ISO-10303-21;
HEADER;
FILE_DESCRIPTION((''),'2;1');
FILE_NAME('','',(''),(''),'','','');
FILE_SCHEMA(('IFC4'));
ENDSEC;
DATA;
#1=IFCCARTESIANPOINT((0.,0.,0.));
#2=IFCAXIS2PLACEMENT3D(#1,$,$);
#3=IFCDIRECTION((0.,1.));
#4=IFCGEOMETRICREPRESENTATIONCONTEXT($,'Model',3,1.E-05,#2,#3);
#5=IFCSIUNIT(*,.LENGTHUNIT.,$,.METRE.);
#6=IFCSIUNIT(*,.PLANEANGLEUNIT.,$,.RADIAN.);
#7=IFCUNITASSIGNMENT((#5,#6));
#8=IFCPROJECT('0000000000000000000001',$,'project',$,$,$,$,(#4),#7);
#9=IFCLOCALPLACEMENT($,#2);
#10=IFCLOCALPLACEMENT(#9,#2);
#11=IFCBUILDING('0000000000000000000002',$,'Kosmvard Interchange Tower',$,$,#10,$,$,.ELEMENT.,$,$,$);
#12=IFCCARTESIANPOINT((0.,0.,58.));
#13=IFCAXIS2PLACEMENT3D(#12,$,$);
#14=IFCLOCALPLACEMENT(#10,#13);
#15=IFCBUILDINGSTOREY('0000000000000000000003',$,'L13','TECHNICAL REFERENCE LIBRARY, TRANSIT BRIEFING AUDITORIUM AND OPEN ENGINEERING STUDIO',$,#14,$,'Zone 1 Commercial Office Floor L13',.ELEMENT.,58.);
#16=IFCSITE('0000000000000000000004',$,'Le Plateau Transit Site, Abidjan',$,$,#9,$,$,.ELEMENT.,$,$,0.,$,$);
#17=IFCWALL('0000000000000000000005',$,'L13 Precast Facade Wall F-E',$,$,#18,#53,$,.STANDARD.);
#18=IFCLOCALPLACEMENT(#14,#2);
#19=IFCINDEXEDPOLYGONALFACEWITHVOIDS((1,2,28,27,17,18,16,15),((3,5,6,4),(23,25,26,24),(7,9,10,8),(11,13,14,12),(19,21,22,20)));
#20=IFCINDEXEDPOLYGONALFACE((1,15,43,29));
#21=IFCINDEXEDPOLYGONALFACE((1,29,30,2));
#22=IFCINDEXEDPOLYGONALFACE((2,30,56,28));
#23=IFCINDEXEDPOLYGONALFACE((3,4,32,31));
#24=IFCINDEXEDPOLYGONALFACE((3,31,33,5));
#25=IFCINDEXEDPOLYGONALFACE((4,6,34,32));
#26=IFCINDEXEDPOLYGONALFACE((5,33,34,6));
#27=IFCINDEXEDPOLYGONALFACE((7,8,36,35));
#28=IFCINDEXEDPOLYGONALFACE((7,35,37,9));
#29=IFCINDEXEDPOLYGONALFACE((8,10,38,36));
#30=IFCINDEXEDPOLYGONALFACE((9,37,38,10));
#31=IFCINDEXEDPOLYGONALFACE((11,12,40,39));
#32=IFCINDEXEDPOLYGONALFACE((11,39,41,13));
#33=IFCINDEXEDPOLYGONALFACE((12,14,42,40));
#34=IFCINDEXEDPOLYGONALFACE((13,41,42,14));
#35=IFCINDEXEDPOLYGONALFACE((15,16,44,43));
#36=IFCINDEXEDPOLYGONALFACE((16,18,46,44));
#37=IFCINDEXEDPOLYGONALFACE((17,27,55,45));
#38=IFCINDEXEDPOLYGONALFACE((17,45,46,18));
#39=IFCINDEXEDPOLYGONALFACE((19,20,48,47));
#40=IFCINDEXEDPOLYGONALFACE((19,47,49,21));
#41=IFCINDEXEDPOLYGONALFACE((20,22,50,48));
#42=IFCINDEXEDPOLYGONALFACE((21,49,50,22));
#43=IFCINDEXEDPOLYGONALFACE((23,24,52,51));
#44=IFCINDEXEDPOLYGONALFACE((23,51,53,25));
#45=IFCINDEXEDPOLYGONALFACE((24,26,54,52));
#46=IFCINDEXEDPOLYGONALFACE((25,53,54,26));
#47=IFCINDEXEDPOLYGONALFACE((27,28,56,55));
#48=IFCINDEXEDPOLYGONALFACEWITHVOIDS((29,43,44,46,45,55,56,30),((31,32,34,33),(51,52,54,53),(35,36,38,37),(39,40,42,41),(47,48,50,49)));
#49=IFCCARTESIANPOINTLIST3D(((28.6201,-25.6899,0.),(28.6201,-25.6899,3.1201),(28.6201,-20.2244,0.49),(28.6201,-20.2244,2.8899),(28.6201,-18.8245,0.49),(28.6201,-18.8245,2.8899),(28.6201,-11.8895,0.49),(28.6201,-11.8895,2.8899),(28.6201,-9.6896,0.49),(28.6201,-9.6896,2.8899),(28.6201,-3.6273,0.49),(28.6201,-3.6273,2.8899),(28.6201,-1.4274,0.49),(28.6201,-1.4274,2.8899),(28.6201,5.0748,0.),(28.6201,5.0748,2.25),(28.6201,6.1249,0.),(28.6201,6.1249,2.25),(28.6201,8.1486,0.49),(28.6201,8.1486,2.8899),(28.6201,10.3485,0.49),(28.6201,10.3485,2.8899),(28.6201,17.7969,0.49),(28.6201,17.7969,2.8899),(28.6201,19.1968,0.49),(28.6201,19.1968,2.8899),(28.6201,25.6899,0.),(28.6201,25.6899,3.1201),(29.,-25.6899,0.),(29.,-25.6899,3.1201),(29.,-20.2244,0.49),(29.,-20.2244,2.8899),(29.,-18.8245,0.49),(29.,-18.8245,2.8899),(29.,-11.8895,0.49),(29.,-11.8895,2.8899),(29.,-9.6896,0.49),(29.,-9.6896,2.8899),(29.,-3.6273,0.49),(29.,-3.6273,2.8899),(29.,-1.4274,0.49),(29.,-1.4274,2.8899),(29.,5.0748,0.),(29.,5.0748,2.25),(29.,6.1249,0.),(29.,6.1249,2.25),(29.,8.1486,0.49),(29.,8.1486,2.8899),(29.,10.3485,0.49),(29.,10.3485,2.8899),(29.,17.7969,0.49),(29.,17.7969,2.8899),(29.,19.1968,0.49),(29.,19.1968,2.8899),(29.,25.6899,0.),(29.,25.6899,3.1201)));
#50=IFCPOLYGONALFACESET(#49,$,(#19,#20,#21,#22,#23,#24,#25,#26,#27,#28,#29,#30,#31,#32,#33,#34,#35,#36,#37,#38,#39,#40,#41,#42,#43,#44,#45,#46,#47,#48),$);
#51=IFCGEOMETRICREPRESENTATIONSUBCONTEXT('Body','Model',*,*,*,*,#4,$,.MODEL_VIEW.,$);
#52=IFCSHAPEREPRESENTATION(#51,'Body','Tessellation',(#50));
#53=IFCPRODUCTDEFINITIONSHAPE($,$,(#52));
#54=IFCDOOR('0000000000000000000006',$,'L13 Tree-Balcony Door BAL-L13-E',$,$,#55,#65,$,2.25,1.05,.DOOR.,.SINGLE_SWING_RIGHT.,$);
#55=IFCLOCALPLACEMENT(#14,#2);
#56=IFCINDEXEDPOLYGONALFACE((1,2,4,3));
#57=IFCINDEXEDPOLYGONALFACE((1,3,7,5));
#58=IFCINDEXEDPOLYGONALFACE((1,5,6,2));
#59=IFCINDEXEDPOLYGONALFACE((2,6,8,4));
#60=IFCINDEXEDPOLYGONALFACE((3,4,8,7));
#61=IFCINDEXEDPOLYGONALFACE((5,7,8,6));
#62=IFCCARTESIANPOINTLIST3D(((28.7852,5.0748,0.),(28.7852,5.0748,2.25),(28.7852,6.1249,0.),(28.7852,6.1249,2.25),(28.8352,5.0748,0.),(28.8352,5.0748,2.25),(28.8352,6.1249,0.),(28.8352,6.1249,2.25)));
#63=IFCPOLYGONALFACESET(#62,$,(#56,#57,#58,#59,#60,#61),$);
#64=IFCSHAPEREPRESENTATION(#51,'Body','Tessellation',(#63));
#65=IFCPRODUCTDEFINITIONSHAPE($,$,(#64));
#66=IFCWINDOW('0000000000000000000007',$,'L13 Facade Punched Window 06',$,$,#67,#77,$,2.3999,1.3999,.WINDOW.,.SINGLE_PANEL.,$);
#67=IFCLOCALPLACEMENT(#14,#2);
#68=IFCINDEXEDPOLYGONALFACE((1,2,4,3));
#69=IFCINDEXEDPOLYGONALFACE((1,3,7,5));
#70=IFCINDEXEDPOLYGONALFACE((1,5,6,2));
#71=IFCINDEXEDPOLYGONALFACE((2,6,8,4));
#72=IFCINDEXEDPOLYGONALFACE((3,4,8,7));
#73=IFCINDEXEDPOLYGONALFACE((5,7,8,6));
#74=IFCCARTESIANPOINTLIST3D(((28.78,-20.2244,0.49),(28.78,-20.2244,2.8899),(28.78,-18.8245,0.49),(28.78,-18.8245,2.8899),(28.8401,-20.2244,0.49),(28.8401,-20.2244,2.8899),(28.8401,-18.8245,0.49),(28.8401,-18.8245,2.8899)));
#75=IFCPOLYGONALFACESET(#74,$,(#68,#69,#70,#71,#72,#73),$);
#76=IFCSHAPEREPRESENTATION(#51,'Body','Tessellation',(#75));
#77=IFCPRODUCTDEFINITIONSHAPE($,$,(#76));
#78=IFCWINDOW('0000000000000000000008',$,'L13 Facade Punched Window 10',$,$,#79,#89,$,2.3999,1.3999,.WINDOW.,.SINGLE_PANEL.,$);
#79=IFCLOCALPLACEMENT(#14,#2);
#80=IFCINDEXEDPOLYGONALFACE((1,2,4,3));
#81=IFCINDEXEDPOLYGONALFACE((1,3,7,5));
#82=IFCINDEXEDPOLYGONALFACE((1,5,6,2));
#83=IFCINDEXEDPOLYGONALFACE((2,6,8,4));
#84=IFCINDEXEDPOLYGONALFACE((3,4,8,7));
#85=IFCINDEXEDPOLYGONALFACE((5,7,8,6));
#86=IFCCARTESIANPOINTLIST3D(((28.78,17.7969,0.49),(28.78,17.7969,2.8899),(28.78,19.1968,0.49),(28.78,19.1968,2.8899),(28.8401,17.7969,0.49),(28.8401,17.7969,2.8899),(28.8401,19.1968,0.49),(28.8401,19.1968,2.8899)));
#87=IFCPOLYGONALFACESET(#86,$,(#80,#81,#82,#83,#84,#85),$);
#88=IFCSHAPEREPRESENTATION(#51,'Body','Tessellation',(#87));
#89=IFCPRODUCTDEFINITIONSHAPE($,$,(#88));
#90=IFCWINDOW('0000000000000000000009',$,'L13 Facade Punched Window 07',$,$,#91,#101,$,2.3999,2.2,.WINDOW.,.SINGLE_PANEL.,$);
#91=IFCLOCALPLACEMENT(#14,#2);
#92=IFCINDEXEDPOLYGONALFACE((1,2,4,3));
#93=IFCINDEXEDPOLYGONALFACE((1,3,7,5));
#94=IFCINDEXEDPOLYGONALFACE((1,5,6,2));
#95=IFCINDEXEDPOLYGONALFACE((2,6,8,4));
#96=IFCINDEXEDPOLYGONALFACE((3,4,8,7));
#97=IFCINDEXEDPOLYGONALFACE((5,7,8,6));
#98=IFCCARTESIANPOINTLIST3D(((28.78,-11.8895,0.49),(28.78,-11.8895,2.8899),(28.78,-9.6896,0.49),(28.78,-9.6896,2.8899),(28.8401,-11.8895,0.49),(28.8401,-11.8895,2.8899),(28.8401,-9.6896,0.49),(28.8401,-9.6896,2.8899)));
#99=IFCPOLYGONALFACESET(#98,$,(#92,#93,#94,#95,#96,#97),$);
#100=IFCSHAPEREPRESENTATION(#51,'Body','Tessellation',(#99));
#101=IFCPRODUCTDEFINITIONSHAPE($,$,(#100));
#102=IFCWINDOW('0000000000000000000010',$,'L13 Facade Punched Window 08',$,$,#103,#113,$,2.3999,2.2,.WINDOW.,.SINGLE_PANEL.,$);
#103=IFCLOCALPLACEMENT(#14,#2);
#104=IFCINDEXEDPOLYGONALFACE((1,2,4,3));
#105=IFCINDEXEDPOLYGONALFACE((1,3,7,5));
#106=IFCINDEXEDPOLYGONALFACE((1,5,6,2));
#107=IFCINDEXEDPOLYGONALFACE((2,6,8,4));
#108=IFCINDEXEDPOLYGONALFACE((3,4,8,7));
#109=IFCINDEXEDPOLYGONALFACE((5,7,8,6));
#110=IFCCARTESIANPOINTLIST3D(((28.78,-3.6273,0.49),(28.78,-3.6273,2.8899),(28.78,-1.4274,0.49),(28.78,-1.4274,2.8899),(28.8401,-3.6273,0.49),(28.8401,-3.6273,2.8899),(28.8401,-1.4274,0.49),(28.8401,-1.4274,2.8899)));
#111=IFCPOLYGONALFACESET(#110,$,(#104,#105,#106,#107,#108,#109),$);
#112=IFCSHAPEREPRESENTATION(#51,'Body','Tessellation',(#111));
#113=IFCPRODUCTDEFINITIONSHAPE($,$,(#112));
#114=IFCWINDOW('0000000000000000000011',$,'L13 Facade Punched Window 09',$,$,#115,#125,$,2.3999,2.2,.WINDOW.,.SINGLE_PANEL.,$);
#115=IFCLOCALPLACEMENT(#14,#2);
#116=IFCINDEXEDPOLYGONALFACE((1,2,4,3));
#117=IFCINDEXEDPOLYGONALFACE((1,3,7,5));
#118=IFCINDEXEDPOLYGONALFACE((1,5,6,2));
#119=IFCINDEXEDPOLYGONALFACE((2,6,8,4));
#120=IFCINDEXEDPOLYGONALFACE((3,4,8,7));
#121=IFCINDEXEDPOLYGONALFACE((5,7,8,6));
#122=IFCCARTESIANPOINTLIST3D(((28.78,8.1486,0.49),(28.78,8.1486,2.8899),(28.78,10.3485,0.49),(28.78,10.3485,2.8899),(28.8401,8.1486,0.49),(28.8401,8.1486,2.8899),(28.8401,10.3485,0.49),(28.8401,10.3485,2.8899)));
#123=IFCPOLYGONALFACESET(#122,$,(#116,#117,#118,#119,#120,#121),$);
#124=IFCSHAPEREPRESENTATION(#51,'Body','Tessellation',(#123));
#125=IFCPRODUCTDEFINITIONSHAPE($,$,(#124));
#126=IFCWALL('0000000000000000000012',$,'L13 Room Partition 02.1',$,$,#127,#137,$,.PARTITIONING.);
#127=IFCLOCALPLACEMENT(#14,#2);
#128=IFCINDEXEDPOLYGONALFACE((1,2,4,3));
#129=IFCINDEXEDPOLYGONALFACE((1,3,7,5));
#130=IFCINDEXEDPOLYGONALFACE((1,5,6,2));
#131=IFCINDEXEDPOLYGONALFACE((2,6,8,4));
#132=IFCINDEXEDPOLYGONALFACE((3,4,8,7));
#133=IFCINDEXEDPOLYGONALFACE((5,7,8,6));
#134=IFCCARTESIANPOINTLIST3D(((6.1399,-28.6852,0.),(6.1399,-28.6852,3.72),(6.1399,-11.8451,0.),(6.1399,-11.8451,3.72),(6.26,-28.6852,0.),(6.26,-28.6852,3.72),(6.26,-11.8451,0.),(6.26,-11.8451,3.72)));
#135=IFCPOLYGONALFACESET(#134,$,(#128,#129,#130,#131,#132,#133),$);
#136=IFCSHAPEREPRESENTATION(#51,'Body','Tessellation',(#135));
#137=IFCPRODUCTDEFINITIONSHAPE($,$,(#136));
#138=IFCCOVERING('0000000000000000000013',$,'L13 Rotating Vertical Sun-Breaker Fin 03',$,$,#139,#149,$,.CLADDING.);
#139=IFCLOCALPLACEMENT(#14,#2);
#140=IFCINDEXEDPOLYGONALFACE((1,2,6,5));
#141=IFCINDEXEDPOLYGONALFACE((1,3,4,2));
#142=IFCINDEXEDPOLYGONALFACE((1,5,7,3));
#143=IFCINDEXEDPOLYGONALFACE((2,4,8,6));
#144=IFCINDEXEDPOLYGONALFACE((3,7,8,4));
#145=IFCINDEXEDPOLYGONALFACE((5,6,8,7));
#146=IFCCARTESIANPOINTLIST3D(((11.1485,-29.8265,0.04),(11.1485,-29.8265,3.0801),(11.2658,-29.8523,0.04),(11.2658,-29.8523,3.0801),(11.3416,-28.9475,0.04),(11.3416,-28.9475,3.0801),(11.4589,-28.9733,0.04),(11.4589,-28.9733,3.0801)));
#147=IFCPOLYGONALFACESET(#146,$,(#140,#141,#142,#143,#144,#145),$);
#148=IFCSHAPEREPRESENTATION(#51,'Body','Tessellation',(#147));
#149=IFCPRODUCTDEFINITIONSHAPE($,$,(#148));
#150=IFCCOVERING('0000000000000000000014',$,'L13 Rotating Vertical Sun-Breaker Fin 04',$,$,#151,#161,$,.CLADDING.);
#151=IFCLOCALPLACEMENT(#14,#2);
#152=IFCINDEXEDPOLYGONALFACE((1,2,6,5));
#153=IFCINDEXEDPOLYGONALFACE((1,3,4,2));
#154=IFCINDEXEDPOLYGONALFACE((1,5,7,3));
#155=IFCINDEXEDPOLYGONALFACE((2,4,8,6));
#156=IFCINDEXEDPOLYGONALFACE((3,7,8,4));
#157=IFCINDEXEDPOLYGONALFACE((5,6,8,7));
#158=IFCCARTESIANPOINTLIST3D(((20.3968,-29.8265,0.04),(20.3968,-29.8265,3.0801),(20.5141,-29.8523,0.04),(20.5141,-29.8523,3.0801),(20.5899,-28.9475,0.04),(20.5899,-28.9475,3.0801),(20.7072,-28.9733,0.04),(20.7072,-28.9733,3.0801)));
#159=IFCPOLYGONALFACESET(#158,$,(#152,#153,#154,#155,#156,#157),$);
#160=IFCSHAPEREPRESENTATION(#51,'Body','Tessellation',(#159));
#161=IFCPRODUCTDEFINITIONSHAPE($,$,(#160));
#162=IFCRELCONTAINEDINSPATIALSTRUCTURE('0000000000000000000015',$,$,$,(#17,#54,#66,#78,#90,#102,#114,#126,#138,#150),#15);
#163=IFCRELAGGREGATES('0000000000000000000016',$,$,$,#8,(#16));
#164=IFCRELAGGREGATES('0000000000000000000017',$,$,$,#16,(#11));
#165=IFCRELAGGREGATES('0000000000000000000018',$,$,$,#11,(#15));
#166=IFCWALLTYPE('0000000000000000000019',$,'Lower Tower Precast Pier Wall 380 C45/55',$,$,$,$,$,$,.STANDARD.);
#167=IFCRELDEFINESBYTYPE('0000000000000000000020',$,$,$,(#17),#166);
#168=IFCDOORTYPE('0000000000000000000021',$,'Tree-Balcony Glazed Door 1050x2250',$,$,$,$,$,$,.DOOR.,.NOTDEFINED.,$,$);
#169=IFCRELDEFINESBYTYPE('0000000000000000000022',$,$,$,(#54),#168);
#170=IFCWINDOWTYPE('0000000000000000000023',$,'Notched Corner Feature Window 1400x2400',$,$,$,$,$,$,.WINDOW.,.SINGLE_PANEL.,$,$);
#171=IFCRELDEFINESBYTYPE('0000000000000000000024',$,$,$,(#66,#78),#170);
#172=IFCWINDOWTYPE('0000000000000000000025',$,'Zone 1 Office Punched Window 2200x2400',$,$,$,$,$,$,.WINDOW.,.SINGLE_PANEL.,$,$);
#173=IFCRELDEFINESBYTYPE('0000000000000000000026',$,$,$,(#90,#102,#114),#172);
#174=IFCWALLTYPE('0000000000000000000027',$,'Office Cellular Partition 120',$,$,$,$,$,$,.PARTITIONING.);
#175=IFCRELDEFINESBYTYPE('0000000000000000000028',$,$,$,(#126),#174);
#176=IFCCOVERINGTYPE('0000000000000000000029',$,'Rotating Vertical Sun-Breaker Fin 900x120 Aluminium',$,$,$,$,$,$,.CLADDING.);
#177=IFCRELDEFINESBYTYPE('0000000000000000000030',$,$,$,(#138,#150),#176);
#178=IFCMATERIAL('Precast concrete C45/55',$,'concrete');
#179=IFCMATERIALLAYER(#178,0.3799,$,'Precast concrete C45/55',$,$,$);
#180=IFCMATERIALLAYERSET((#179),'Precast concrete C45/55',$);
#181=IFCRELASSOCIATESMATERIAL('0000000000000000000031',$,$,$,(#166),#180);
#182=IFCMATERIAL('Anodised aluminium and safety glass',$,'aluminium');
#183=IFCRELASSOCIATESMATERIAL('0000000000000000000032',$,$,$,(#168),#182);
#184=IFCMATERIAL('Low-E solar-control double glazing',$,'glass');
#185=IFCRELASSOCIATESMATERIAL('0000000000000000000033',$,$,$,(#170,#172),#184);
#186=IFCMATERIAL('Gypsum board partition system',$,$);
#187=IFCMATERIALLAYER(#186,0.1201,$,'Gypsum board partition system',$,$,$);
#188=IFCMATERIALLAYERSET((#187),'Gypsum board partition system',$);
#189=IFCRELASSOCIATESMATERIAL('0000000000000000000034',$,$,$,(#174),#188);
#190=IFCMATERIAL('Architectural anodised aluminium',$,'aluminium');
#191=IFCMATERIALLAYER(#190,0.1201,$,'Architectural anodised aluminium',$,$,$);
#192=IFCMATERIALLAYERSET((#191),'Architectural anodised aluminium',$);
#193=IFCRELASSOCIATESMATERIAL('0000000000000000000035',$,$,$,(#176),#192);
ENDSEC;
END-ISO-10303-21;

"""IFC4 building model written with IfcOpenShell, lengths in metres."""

from ifc_helpers import new_model, si_unit, direction, frame, frame_2d, origin, origin_2d, place, context, subcontext, project, spatial, rectangle, extrude, source, transform, mapped, material, layer, layer_set, type_object, element, fill, save


model = new_model("IFC4")

# Units and contexts
model_context = context("Model", 3, precision=1e-05, world=origin(), true_north=direction((0.0, 1.0)))
body_context = subcontext(model_context, "Body", "Model", "MODEL_VIEW")
ifc_project = project(units=[si_unit("LENGTHUNIT", "METRE"), si_unit("PLANEANGLEUNIT", "RADIAN")], contexts=[model_context])

# Site, building, storey
site_placement = place(None, origin())
site = spatial("IfcSite", under=ifc_project, at=site_placement, Name="Le Plateau Transit Site, Abidjan", CompositionType="ELEMENT", RefElevation=0.0)
building_placement = place(site_placement, origin())
building = spatial("IfcBuilding", under=site, at=building_placement, Name="Kosmvard Interchange Tower", CompositionType="ELEMENT")
storey_placement = place(building_placement, frame((0.0, 0.0, 58.0)))
storey = spatial("IfcBuildingStorey", under=building, at=storey_placement, Name="L13", Description="TECHNICAL REFERENCE LIBRARY, TRANSIT BRIEFING AUDITORIUM AND OPEN ENGINEERING STUDIO", LongName="Zone 1 Commercial Office Floor L13", CompositionType="ELEMENT", Elevation=58.0)

# Shared definitions
ifc_material_1 = material(Name="Precast concrete C45/55", Category="concrete")

# Shared definitions
ifc_layer_1 = layer(ifc_material_1, 0.3799, Name="Precast concrete C45/55")
ifc_layer_set_1 = layer_set([ifc_layer_1], Name="Precast concrete C45/55")
wall_type_1 = type_object("IfcWallType", Name="Lower Tower Precast Pier Wall 380 C45/55", PredefinedType="STANDARD", material=ifc_layer_set_1)

# Wall, openings, door, windows
wall_1_placement = place(storey_placement, frame((28.8101, -25.6899, 0.0), z_axis=(0.0, 0.0, 1.0), x_axis=(0.0, 1.0, 0.0)))
wall_1 = element("IfcWall", 1, at=wall_1_placement, inside=storey, type_object=wall_type_1, Name="L13 Precast Facade Wall F-E", PredefinedType="STANDARD", context=body_context, shape_type="SweptSolid", body=[
    extrude(rectangle(XDim=51.3799, YDim=0.3799, at=frame_2d((25.6899, 0.0))), origin(), (0.0, 0.0, 1.0), 3.1201),
])
opening_1_placement = place(wall_1_placement, frame((30.7649, 0.0, 0.0)))
opening_1 = element("IfcOpeningElement", 2, at=opening_1_placement, cuts=wall_1, PredefinedType="OPENING", context=body_context, shape_type="SweptSolid", body=[
    extrude(rectangle(XDim=1.05, YDim=2.25, at=frame_2d((0.5249, 1.125))), frame((0.0, 0.2, 0.0), z_axis=(0.0, -1.0, 0.0), x_axis=(1.0, 0.0, 0.0)), (0.0, 0.0, 1.0), 0.3999),
])
opening_2_placement = place(wall_1_placement, frame((5.4656, 0.0, 0.49)))
opening_2 = element("IfcOpeningElement", 3, at=opening_2_placement, cuts=wall_1, PredefinedType="OPENING", context=body_context, shape_type="SweptSolid", body=[
    extrude(rectangle(XDim=1.3999, YDim=2.3999, at=frame_2d((0.7, 1.2))), frame((0.0, 0.2, 0.0), z_axis=(0.0, -1.0, 0.0), x_axis=(1.0, 0.0, 0.0)), (0.0, 0.0, 1.0), 0.3999),
])
opening_3_placement = place(wall_1_placement, frame((13.8003, 0.0, 0.49)))
opening_3 = element("IfcOpeningElement", 4, at=opening_3_placement, cuts=wall_1, PredefinedType="OPENING", context=body_context, shape_type="SweptSolid", body=[
    extrude(rectangle(XDim=2.2, YDim=2.3999, at=frame_2d((1.1001, 1.2))), frame((0.0, 0.2, 0.0), z_axis=(0.0, -1.0, 0.0), x_axis=(1.0, 0.0, 0.0)), (0.0, 0.0, 1.0), 0.3999),
])
opening_4_placement = place(wall_1_placement, frame((22.0625, 0.0, 0.49)))
opening_4 = element("IfcOpeningElement", 5, at=opening_4_placement, cuts=wall_1, PredefinedType="OPENING", context=body_context, shape_type="SweptSolid", body=[
    extrude(rectangle(XDim=2.2, YDim=2.3999, at=frame_2d((1.1001, 1.2))), frame((0.0, 0.2, 0.0), z_axis=(0.0, -1.0, 0.0), x_axis=(1.0, 0.0, 0.0)), (0.0, 0.0, 1.0), 0.3999),
])
opening_5_placement = place(wall_1_placement, frame((33.8384, 0.0, 0.49)))
opening_5 = element("IfcOpeningElement", 6, at=opening_5_placement, cuts=wall_1, PredefinedType="OPENING", context=body_context, shape_type="SweptSolid", body=[
    extrude(rectangle(XDim=2.2, YDim=2.3999, at=frame_2d((1.1001, 1.2))), frame((0.0, 0.2, 0.0), z_axis=(0.0, -1.0, 0.0), x_axis=(1.0, 0.0, 0.0)), (0.0, 0.0, 1.0), 0.3999),
])
opening_6_placement = place(wall_1_placement, frame((43.4868, 0.0, 0.49)))
opening_6 = element("IfcOpeningElement", 7, at=opening_6_placement, cuts=wall_1, PredefinedType="OPENING", context=body_context, shape_type="SweptSolid", body=[
    extrude(rectangle(XDim=1.3999, YDim=2.3999, at=frame_2d((0.7, 1.2))), frame((0.0, 0.2, 0.0), z_axis=(0.0, -1.0, 0.0), x_axis=(1.0, 0.0, 0.0)), (0.0, 0.0, 1.0), 0.3999),
])
ifc_material_2 = material(Name="Anodised aluminium and safety glass", Category="aluminium")
door_type_1 = type_object("IfcDoorType", Name="Tree-Balcony Glazed Door 1050x2250", OperationType="NOTDEFINED", PredefinedType="DOOR", material=ifc_material_2)
shared_shape_1 = source(origin(), body_context, "Body", "SweptSolid", [
    extrude(rectangle(XDim=1.05, YDim=2.25, at=frame_2d((0.5249, 1.125))), frame((0.0, 0.0249, 0.0), z_axis=(0.0, -1.0, 0.0), x_axis=(1.0, 0.0, 0.0)), (0.0, 0.0, 1.0), 0.05),
])
door_1_placement = place(opening_1_placement, origin())
door_1 = element("IfcDoor", 8, at=door_1_placement, inside=storey, type_object=door_type_1, Name="L13 Tree-Balcony Door BAL-L13-E", OperationType="SINGLE_SWING_RIGHT", OverallHeight=2.25, OverallWidth=1.05, PredefinedType="DOOR", context=body_context, shape_type="MappedRepresentation", body=[
    mapped(shared_shape_1, transform((0.0, 0.0, 0.0), scale=1.0)),
])
fill(opening_1, door_1)
ifc_material_3 = material(Name="Low-E solar-control double glazing", Category="glass")
window_type_1 = type_object("IfcWindowType", Name="Notched Corner Feature Window 1400x2400", PartitioningType="SINGLE_PANEL", PredefinedType="WINDOW", material=ifc_material_3)
shared_shape_2 = source(origin(), body_context, "Body", "SweptSolid", [
    extrude(rectangle(XDim=1.3999, YDim=2.3999, at=frame_2d((0.7, 1.2))), frame((0.0, 0.03, 0.0), z_axis=(0.0, -1.0, 0.0), x_axis=(1.0, 0.0, 0.0)), (0.0, 0.0, 1.0), 0.0601),
])
window_1_placement = place(opening_2_placement, origin())
window_1 = element("IfcWindow", 9, at=window_1_placement, inside=storey, type_object=window_type_1, Name="L13 Facade Punched Window 06", OverallHeight=2.3999, OverallWidth=1.3999, PartitioningType="SINGLE_PANEL", PredefinedType="WINDOW", context=body_context, shape_type="MappedRepresentation", body=[
    mapped(shared_shape_2, transform((0.0, 0.0, 0.0), scale=1.0)),
])
fill(opening_2, window_1)
window_2_placement = place(opening_6_placement, origin())
window_2 = element("IfcWindow", 10, at=window_2_placement, inside=storey, type_object=window_type_1, Name="L13 Facade Punched Window 10", OverallHeight=2.3999, OverallWidth=1.3999, PartitioningType="SINGLE_PANEL", PredefinedType="WINDOW", context=body_context, shape_type="MappedRepresentation", body=[
    mapped(shared_shape_2, transform((0.0, 0.0, 0.0), scale=1.0)),
])
fill(opening_6, window_2)
window_type_2 = type_object("IfcWindowType", Name="Zone 1 Office Punched Window 2200x2400", PartitioningType="SINGLE_PANEL", PredefinedType="WINDOW", material=ifc_material_3)
shared_shape_3 = source(origin(), body_context, "Body", "SweptSolid", [
    extrude(rectangle(XDim=2.2, YDim=2.3999, at=frame_2d((1.1001, 1.2))), frame((0.0, 0.03, 0.0), z_axis=(0.0, -1.0, 0.0), x_axis=(1.0, 0.0, 0.0)), (0.0, 0.0, 1.0), 0.0601),
])
window_3_placement = place(opening_3_placement, origin())
window_3 = element("IfcWindow", 11, at=window_3_placement, inside=storey, type_object=window_type_2, Name="L13 Facade Punched Window 07", OverallHeight=2.3999, OverallWidth=2.2, PartitioningType="SINGLE_PANEL", PredefinedType="WINDOW", context=body_context, shape_type="MappedRepresentation", body=[
    mapped(shared_shape_3, transform((0.0, 0.0, 0.0), scale=1.0)),
])
fill(opening_3, window_3)
window_4_placement = place(opening_4_placement, origin())
window_4 = element("IfcWindow", 12, at=window_4_placement, inside=storey, type_object=window_type_2, Name="L13 Facade Punched Window 08", OverallHeight=2.3999, OverallWidth=2.2, PartitioningType="SINGLE_PANEL", PredefinedType="WINDOW", context=body_context, shape_type="MappedRepresentation", body=[
    mapped(shared_shape_3, transform((0.0, 0.0, 0.0), scale=1.0)),
])
fill(opening_4, window_4)
window_5_placement = place(opening_5_placement, origin())
window_5 = element("IfcWindow", 13, at=window_5_placement, inside=storey, type_object=window_type_2, Name="L13 Facade Punched Window 09", OverallHeight=2.3999, OverallWidth=2.2, PartitioningType="SINGLE_PANEL", PredefinedType="WINDOW", context=body_context, shape_type="MappedRepresentation", body=[
    mapped(shared_shape_3, transform((0.0, 0.0, 0.0), scale=1.0)),
])
fill(opening_5, window_5)

# Wall
ifc_material_4 = material(Name="Gypsum board partition system")
ifc_layer_2 = layer(ifc_material_4, 0.1201, Name="Gypsum board partition system")
ifc_layer_set_2 = layer_set([ifc_layer_2], Name="Gypsum board partition system")
wall_type_2 = type_object("IfcWallType", Name="Office Cellular Partition 120", PredefinedType="PARTITIONING", material=ifc_layer_set_2)
wall_2_placement = place(storey_placement, frame((6.2, -28.6851, 0.0), z_axis=(0.0, 0.0, 1.0), x_axis=(0.0, 1.0, 0.0)))
element("IfcWall", 14, at=wall_2_placement, inside=storey, type_object=wall_type_2, Name="L13 Room Partition 02.1", PredefinedType="PARTITIONING", context=body_context, shape_type="SweptSolid", body=[
    extrude(rectangle(XDim=16.8401, YDim=0.1201, at=frame_2d((8.4199, 0.0))), origin(), (0.0, 0.0, 1.0), 3.72),
])

# Coverings
ifc_material_5 = material(Name="Architectural anodised aluminium", Category="aluminium")
ifc_layer_3 = layer(ifc_material_5, 0.1201, Name="Architectural anodised aluminium")
ifc_layer_set_3 = layer_set([ifc_layer_3], Name="Architectural anodised aluminium")
covering_type = type_object("IfcCoveringType", Name="Rotating Vertical Sun-Breaker Fin 900x120 Aluminium", PredefinedType="CLADDING", material=ifc_layer_set_3)
shared_shape_4 = source(origin(), body_context, "Body", "SweptSolid", [
    extrude(rectangle(XDim=0.8999, YDim=0.1201, at=origin_2d()), origin(), (0.0, 0.0, 1.0), 3.04),
])
for number, where, z_axis, x_axis, name in (
    (15, (11.3037, -29.3999, 0.04), (0.0, 0.0, 1.0), (-0.214565, -0.97671, 0.0), "L13 Rotating Vertical Sun-Breaker Fin 03"),
    (16, (20.552, -29.3999, 0.04), (0.0, 0.0, 1.0), (-0.214565, -0.97671, 0.0), "L13 Rotating Vertical Sun-Breaker Fin 04"),
):
    element("IfcCovering", number, at=place(storey_placement, frame(where, z_axis=z_axis, x_axis=x_axis)), inside=storey, type_object=covering_type, Name=name, PredefinedType="CLADDING", context=body_context, shape_type="MappedRepresentation", body=[
        mapped(shared_shape_4, transform((0.0, 0.0, 0.0), scale=1.0)),
    ])

save(model, "model.ifc")
